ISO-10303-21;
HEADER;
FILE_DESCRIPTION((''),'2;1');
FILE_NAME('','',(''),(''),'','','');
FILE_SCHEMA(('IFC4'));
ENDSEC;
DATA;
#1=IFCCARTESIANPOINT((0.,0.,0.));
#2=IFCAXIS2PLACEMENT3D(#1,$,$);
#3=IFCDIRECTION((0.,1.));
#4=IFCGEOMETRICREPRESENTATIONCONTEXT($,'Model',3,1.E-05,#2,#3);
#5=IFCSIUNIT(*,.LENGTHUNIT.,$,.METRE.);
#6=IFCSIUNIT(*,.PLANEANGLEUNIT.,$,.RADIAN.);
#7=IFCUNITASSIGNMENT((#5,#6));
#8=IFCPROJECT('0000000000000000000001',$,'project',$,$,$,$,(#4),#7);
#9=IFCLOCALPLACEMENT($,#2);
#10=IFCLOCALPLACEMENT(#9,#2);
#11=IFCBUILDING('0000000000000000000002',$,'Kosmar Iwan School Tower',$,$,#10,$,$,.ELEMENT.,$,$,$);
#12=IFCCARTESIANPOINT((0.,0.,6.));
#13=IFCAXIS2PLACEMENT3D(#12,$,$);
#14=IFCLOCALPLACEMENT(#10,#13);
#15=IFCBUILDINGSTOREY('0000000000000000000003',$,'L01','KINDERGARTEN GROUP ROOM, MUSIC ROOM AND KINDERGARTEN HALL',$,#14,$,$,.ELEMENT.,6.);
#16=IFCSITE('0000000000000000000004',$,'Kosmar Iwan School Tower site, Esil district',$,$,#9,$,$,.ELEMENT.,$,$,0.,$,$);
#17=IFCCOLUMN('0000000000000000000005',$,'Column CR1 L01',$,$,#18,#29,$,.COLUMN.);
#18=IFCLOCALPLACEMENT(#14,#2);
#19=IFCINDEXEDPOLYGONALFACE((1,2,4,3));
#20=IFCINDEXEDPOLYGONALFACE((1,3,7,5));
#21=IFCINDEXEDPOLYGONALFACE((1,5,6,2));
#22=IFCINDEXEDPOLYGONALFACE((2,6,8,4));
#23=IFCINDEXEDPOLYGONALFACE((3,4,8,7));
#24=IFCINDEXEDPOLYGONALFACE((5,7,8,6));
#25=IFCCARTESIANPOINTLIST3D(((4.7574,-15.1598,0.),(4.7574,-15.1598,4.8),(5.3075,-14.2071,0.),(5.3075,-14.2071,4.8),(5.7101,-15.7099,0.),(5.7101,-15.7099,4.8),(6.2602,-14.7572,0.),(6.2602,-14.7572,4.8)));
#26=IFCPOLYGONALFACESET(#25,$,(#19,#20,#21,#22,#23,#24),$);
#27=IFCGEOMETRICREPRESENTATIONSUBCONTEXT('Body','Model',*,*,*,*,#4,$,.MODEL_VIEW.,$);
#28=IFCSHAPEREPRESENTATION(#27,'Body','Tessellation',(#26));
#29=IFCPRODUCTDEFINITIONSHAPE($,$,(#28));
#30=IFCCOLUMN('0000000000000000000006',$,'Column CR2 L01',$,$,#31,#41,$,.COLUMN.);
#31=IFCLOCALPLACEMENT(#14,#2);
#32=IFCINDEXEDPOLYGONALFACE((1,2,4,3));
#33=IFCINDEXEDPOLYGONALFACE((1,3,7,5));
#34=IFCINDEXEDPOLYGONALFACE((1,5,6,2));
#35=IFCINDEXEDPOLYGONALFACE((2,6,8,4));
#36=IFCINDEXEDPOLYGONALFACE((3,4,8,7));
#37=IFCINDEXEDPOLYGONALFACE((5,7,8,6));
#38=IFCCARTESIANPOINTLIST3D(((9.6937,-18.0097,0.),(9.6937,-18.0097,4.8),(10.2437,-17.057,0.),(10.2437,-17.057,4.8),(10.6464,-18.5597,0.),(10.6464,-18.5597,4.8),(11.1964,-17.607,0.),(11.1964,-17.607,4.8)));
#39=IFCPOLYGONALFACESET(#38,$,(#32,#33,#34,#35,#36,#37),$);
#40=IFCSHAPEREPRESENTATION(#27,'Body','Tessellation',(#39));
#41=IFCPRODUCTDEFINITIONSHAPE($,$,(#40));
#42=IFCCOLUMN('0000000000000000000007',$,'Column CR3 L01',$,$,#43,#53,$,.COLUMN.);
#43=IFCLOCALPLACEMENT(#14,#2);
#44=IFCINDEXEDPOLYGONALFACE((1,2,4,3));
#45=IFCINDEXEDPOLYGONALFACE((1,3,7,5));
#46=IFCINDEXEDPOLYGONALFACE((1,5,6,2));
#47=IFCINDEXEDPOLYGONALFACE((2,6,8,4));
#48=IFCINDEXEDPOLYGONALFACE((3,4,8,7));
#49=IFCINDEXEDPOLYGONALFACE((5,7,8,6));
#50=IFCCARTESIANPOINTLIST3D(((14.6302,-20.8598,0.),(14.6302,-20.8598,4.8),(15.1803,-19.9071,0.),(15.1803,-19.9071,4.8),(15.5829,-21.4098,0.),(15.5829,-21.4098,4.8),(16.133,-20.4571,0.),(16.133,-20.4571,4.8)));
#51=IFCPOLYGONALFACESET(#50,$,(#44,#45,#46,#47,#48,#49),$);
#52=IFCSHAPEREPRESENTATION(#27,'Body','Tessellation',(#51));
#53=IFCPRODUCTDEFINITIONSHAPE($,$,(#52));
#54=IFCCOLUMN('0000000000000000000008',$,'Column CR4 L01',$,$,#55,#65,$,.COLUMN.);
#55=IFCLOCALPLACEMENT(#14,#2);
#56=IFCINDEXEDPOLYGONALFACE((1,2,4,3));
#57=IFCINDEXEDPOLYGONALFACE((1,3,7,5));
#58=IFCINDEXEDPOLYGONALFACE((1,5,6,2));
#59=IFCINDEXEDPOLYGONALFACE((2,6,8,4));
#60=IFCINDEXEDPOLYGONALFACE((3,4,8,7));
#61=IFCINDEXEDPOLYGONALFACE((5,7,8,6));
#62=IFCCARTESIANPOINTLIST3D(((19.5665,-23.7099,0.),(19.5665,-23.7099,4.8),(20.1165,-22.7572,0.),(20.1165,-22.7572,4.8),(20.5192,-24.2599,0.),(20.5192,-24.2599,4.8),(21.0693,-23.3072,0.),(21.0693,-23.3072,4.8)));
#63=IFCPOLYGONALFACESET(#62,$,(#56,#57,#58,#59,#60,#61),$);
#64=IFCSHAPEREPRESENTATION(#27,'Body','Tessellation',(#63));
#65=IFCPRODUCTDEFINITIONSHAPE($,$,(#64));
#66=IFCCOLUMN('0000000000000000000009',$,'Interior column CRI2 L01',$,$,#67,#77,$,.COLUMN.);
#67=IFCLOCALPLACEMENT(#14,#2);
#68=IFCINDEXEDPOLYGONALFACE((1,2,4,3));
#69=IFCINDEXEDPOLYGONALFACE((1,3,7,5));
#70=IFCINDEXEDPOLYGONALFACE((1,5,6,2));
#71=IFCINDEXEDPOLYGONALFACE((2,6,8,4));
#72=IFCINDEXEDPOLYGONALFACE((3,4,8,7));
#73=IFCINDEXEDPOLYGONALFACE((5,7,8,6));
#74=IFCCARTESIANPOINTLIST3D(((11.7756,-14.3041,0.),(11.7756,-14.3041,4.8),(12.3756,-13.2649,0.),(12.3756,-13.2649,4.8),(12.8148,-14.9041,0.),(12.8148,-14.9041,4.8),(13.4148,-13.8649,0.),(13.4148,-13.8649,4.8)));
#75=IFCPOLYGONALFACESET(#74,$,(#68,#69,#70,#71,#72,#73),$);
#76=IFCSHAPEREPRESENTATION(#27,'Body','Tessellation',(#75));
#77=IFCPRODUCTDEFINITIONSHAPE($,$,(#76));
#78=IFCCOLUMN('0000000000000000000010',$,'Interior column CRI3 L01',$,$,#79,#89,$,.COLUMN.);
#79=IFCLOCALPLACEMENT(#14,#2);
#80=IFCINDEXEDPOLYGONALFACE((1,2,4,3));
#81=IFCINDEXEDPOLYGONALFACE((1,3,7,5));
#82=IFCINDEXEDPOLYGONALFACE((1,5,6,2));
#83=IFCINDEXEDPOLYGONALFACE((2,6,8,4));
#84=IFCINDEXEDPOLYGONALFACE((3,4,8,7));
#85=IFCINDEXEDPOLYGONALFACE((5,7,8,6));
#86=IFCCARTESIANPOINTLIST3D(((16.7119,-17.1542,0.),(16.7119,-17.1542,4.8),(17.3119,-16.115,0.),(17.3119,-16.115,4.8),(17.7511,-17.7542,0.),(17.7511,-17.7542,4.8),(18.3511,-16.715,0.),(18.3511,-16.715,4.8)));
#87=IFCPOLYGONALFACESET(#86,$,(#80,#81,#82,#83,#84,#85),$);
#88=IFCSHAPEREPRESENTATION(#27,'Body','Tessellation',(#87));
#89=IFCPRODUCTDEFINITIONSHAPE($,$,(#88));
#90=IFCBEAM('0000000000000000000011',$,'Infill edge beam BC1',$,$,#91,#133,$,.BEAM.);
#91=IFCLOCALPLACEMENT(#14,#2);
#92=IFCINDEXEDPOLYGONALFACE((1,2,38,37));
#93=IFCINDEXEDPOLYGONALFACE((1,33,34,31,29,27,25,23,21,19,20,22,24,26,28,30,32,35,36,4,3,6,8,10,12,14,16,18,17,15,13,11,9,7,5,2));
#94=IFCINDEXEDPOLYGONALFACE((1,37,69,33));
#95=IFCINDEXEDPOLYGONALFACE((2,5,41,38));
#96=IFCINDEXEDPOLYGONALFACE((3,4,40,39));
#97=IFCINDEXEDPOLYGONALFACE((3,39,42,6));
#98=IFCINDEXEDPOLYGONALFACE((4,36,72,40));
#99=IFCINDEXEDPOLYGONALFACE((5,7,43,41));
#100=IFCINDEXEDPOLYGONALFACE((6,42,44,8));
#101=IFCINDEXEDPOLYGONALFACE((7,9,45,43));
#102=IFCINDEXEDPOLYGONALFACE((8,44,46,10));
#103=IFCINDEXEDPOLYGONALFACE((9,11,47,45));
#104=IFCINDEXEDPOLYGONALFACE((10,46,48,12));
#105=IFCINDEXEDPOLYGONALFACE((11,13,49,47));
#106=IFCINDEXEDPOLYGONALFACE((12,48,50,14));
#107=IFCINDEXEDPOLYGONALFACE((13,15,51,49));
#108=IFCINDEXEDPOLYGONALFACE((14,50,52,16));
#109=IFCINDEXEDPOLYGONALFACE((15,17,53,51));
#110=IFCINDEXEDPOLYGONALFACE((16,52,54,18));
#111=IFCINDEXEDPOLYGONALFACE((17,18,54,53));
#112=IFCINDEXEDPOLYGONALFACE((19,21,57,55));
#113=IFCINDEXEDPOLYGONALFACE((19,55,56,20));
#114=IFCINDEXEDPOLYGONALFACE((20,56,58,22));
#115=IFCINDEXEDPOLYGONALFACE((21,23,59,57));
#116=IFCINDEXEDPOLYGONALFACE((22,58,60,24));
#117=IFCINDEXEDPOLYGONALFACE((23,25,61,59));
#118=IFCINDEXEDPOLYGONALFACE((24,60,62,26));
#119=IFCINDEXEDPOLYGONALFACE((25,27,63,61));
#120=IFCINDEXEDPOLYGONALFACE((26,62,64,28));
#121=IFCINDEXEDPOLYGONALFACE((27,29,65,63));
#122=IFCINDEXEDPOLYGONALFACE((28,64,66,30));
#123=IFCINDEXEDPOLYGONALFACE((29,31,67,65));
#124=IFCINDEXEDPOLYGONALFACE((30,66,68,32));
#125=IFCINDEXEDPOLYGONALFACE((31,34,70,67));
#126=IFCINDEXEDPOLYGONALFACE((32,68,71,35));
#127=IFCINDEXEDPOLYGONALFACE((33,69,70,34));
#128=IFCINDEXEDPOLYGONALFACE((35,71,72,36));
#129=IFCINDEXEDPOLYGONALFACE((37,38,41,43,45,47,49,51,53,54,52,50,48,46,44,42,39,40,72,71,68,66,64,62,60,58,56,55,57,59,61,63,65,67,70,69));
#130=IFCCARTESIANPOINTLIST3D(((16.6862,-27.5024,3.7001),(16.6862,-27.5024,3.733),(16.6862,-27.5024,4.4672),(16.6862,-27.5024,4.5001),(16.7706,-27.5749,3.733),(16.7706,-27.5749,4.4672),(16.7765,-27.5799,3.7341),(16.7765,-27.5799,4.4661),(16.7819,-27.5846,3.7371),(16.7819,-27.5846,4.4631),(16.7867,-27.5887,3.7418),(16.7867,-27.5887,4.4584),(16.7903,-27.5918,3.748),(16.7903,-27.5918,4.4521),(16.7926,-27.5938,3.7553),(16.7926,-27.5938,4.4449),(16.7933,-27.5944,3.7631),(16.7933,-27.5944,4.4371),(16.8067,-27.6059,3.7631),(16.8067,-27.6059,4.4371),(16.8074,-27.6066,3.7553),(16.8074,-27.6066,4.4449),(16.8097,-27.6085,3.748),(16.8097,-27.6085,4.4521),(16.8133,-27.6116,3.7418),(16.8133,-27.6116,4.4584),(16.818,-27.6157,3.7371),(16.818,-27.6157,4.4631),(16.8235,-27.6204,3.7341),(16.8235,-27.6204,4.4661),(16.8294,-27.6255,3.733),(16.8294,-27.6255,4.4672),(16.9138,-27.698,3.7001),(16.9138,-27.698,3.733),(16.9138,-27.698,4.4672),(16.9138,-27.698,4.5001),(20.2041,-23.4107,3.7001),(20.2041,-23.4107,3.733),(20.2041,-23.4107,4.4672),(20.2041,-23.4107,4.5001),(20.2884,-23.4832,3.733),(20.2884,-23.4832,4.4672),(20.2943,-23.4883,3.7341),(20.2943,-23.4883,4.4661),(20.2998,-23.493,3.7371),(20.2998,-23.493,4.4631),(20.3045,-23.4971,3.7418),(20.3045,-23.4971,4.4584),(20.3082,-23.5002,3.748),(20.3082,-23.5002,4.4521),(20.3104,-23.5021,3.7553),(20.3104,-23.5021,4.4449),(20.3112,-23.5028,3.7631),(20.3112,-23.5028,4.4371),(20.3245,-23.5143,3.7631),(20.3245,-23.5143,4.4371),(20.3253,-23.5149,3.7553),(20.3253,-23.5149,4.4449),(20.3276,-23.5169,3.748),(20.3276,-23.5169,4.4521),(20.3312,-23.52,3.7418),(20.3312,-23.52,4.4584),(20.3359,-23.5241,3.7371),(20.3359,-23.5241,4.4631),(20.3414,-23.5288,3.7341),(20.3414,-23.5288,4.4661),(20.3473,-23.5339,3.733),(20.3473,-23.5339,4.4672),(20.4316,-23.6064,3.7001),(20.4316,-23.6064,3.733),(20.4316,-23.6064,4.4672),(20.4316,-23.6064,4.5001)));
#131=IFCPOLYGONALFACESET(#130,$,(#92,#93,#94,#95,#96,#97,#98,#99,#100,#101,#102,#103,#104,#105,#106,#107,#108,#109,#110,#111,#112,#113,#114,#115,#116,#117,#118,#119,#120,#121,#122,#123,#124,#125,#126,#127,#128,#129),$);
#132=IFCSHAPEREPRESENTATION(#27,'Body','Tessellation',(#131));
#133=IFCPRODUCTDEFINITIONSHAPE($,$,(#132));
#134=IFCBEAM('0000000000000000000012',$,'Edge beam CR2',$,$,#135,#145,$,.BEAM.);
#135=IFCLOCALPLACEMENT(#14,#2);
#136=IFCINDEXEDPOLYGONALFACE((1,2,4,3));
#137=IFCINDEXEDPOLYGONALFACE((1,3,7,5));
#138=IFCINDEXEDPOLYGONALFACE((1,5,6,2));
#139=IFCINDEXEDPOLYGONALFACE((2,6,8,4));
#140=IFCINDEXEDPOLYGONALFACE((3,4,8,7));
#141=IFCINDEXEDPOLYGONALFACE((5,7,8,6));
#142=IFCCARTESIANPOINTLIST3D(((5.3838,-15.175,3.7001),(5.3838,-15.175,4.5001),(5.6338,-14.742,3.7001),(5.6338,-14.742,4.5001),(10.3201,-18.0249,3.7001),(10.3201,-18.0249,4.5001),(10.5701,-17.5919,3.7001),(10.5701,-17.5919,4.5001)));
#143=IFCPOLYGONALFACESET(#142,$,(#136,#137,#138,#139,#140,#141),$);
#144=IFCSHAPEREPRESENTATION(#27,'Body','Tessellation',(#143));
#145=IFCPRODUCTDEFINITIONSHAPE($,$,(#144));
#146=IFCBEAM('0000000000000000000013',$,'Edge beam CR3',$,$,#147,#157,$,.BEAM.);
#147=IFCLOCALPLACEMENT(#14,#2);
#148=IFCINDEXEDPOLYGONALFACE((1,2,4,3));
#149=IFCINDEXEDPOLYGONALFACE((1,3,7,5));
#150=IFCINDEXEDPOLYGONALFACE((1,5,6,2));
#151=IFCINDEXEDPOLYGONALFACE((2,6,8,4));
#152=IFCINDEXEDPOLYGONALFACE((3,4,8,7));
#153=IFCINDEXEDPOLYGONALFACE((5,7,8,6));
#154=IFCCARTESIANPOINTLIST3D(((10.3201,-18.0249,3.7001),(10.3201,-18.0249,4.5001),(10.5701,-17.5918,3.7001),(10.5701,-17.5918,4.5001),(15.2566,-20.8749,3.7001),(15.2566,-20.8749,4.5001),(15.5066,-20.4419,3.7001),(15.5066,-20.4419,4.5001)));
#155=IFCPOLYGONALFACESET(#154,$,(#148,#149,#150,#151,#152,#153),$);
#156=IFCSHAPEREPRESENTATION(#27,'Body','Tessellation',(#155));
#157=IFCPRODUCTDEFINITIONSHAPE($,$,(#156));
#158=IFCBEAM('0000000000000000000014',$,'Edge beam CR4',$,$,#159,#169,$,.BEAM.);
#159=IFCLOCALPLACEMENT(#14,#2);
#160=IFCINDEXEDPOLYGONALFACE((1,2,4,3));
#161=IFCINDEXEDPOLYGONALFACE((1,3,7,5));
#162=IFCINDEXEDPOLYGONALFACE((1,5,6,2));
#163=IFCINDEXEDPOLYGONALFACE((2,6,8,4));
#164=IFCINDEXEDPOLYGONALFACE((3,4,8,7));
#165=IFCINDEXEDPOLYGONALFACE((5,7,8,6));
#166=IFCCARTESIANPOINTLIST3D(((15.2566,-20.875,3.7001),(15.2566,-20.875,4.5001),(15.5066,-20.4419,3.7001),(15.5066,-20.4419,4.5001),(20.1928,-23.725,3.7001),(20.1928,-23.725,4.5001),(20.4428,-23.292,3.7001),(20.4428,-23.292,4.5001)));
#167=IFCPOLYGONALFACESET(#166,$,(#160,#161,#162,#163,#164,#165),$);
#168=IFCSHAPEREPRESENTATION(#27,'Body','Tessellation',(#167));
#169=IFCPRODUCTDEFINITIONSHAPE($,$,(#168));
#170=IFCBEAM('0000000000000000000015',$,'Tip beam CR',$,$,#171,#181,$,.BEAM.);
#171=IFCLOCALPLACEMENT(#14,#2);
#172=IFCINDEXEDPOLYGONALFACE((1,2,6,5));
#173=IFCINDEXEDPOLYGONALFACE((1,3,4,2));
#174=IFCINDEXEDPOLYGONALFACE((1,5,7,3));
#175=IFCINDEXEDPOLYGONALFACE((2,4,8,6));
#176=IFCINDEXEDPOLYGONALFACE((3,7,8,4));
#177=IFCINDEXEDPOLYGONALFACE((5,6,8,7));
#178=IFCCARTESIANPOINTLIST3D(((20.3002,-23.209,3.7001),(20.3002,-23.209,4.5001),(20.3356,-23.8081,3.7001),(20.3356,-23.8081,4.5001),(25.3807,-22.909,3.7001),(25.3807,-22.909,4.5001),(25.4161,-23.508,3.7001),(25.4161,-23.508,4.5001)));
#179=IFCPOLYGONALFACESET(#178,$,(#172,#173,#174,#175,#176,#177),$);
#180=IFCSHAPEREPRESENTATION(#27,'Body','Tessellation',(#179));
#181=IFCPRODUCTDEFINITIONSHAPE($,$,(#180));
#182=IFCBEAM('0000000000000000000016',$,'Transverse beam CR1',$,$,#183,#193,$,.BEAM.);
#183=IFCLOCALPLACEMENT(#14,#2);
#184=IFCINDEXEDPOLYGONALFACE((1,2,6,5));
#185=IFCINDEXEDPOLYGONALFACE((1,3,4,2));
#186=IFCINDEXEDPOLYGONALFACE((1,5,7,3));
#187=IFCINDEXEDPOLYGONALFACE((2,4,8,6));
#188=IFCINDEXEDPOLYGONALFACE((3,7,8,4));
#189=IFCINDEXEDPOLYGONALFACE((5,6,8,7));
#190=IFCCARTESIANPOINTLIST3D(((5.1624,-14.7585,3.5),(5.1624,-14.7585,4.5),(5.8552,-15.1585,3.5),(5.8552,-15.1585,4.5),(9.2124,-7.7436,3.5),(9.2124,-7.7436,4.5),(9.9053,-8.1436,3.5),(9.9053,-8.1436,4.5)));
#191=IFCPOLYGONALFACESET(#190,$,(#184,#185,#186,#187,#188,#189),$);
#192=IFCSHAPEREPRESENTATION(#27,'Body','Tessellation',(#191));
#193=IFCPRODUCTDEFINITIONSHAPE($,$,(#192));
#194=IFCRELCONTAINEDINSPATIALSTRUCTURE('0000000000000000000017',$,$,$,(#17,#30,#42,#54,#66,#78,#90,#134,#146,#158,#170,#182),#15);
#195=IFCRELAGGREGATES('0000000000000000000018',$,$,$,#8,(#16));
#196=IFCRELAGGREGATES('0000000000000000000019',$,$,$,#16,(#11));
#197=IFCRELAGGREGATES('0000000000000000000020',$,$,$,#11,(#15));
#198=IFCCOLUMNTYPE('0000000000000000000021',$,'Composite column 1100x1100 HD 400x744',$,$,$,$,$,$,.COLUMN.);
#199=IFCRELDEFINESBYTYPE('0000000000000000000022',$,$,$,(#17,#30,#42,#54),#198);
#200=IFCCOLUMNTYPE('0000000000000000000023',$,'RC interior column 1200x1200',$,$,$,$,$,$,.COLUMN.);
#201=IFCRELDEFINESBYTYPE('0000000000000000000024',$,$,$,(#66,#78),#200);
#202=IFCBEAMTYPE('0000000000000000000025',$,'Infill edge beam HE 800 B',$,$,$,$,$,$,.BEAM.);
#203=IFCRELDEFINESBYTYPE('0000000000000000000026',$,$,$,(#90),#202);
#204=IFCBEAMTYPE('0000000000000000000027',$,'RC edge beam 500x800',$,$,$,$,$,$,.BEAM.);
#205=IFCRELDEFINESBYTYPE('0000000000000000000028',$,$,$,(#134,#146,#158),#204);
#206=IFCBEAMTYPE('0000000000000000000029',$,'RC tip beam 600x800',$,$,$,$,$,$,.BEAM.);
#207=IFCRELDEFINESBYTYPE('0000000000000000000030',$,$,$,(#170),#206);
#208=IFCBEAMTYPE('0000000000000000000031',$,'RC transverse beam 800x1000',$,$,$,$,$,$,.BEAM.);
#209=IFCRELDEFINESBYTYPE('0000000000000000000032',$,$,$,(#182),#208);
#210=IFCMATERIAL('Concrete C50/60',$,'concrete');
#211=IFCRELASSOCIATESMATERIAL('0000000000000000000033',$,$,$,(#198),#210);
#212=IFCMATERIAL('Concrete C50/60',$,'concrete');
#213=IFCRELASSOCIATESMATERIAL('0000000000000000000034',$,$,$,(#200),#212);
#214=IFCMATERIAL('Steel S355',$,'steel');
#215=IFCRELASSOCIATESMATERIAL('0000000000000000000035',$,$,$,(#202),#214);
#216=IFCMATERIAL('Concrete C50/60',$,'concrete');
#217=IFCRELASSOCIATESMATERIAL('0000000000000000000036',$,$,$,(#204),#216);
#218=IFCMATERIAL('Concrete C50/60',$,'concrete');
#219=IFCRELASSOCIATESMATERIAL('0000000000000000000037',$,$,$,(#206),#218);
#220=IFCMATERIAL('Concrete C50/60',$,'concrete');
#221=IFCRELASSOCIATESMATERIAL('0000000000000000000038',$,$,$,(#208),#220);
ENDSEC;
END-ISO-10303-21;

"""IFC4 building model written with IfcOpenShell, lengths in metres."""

from ifc_helpers import new_model, si_unit, direction, frame, origin, origin_2d, place, context, subcontext, project, spatial, rectangle, i_section, extrude, material, material_profile, profile_set, type_object, element, save


model = new_model("IFC4")

# Units and contexts
model_context = context("Model", 3, precision=1e-05, world=origin(), true_north=direction((0.0, 1.0)))
body_context = subcontext(model_context, "Body", "Model", "MODEL_VIEW")
ifc_project = project(units=[si_unit("LENGTHUNIT", "METRE"), si_unit("PLANEANGLEUNIT", "RADIAN")], contexts=[model_context])

# Site, building, storey
site_placement = place(None, origin())
site = spatial("IfcSite", under=ifc_project, at=site_placement, Name="Kosmar Iwan School Tower site, Esil district", CompositionType="ELEMENT", RefElevation=0.0)
building_placement = place(site_placement, origin())
building = spatial("IfcBuilding", under=site, at=building_placement, Name="Kosmar Iwan School Tower", CompositionType="ELEMENT")
storey_placement = place(building_placement, frame((0.0, 0.0, 6.0)))
storey = spatial("IfcBuildingStorey", under=building, at=storey_placement, Name="L01", Description="KINDERGARTEN GROUP ROOM, MUSIC ROOM AND KINDERGARTEN HALL", CompositionType="ELEMENT", Elevation=6.0)

# Columns
ifc_material_1 = material(Name="Concrete C50/60", Category="concrete")
ifc_material_profile_1 = material_profile(ifc_material_1, rectangle(XDim=1.1001, YDim=1.1001, at=origin_2d()), Name="RC 1100x1100 + HD 400x744")
ifc_profile_set_1 = profile_set([ifc_material_profile_1], Name="Concrete C50/60")
column_type_1 = type_object("IfcColumnType", Name="Composite column 1100x1100 HD 400x744", PredefinedType="COLUMN", material=ifc_profile_set_1)
for number, where, z_axis, x_axis, name in (
    (1, (5.5088, -14.9585, 0.0), (0.0, 0.0, 1.0), (0.866025, -0.5, 0.0), "Column CR1 L01"),
    (2, (10.4451, -17.8083, 0.0), (0.0, 0.0, 1.0), (0.866025, -0.5, 0.0), "Column CR2 L01"),
    (3, (15.3816, -20.6584, 0.0), (0.0, 0.0, 1.0), (0.866025, -0.5, 0.0), "Column CR3 L01"),
    (4, (20.3179, -23.5085, 0.0), (0.0, 0.0, 1.0), (0.866025, -0.5, 0.0), "Column CR4 L01"),
):
    element("IfcColumn", number, at=place(storey_placement, frame(where, z_axis=z_axis, x_axis=x_axis)), inside=storey, type_object=column_type_1, Name=name, PredefinedType="COLUMN", context=body_context, shape_type="SweptSolid", body=[
        extrude(rectangle(XDim=1.1001, YDim=1.1001, at=origin_2d()), origin(), (0.0, 0.0, 1.0), 4.8),
    ])
ifc_material_2 = material(Name="Concrete C50/60", Category="concrete")
ifc_material_profile_2 = material_profile(ifc_material_2, rectangle(XDim=1.2, YDim=1.2, at=origin_2d()), Name="RC 1200x1200")
ifc_profile_set_2 = profile_set([ifc_material_profile_2], Name="Concrete C50/60")
column_type_2 = type_object("IfcColumnType", Name="RC interior column 1200x1200", PredefinedType="COLUMN", material=ifc_profile_set_2)
for number, where, z_axis, x_axis, name in (
    (5, (12.5952, -14.0845, 0.0), (0.0, 0.0, 1.0), (0.866025, -0.5, 0.0), "Interior column CRI2 L01"),
    (6, (17.5315, -16.9346, 0.0), (0.0, 0.0, 1.0), (0.866025, -0.5, 0.0), "Interior column CRI3 L01"),
):
    element("IfcColumn", number, at=place(storey_placement, frame(where, z_axis=z_axis, x_axis=x_axis)), inside=storey, type_object=column_type_2, Name=name, PredefinedType="COLUMN", context=body_context, shape_type="SweptSolid", body=[
        extrude(rectangle(XDim=1.2, YDim=1.2, at=origin_2d()), origin(), (0.0, 0.0, 1.0), 4.8),
    ])

# Beams
ifc_material_3 = material(Name="Steel S355", Category="steel")
ifc_material_profile_3 = material_profile(ifc_material_3, i_section(OverallWidth=0.3, OverallDepth=0.8, WebThickness=0.0176, FlangeThickness=0.033, FilletRadius=0.03, at=origin_2d()), Name="HE 800 B")
ifc_profile_set_3 = profile_set([ifc_material_profile_3], Name="Steel S355")
beam_type_1 = type_object("IfcBeamType", Name="Infill edge beam HE 800 B", PredefinedType="BEAM", material=ifc_profile_set_3)
beam_1_placement = place(storey_placement, frame((20.3179, -23.5085, 4.1001), z_axis=(-0.651942, -0.758269, 0.0), x_axis=(0.758269, -0.651942, 0.0)))
element("IfcBeam", 7, at=beam_1_placement, inside=storey, type_object=beam_type_1, Name="Infill edge beam BC1", PredefinedType="BEAM", context=body_context, shape_type="SweptSolid", body=[
    extrude(i_section(OverallWidth=0.3, OverallDepth=0.8, WebThickness=0.0176, FlangeThickness=0.033, FilletRadius=0.03, at=origin_2d()), origin(), (0.0, 0.0, 1.0), 5.396),
])
ifc_material_4 = material(Name="Concrete C50/60", Category="concrete")
ifc_material_profile_4 = material_profile(ifc_material_4, rectangle(XDim=0.5, YDim=0.8, at=origin_2d()), Name="RC 500x800")
ifc_profile_set_4 = profile_set([ifc_material_profile_4], Name="Concrete C50/60")
beam_type_2 = type_object("IfcBeamType", Name="RC edge beam 500x800", PredefinedType="BEAM", material=ifc_profile_set_4)
beam_2_placement = place(storey_placement, frame((5.5088, -14.9585, 4.1001), z_axis=(0.866034, -0.499986, 0.0), x_axis=(0.499986, 0.866034, 0.0)))
element("IfcBeam", 8, at=beam_2_placement, inside=storey, type_object=beam_type_2, Name="Edge beam CR2", PredefinedType="BEAM", context=body_context, shape_type="SweptSolid", body=[
    extrude(rectangle(XDim=0.5, YDim=0.8, at=origin_2d()), origin(), (0.0, 0.0, 1.0), 5.7),
])
beam_3_placement = place(storey_placement, frame((10.4451, -17.8083, 4.1001), z_axis=(0.866026, -0.499999, 0.0), x_axis=(0.499999, 0.866026, 0.0)))
element("IfcBeam", 9, at=beam_3_placement, inside=storey, type_object=beam_type_2, Name="Edge beam CR3", PredefinedType="BEAM", context=body_context, shape_type="SweptSolid", body=[
    extrude(rectangle(XDim=0.5, YDim=0.8, at=origin_2d()), origin(), (0.0, 0.0, 1.0), 5.7002),
])
beam_4_placement = place(storey_placement, frame((15.3816, -20.6584, 4.1001), z_axis=(0.866015, -0.500018, 0.0), x_axis=(0.500018, 0.866015, 0.0)))
element("IfcBeam", 10, at=beam_4_placement, inside=storey, type_object=beam_type_2, Name="Edge beam CR4", PredefinedType="BEAM", context=body_context, shape_type="SweptSolid", body=[
    extrude(rectangle(XDim=0.5, YDim=0.8, at=origin_2d()), origin(), (0.0, 0.0, 1.0), 5.7),
])
ifc_material_5 = material(Name="Concrete C50/60", Category="concrete")
ifc_material_profile_5 = material_profile(ifc_material_5, rectangle(XDim=0.6001, YDim=0.8, at=origin_2d()), Name="RC 600x800")
ifc_profile_set_5 = profile_set([ifc_material_profile_5], Name="Concrete C50/60")
beam_type_3 = type_object("IfcBeamType", Name="RC tip beam 600x800", PredefinedType="BEAM", material=ifc_profile_set_5)
beam_5_placement = place(storey_placement, frame((20.3179, -23.5085, 4.1001), z_axis=(0.998261, 0.058955, 0.0), x_axis=(-0.058955, 0.998261, 0.0)))
element("IfcBeam", 11, at=beam_5_placement, inside=storey, type_object=beam_type_3, Name="Tip beam CR", PredefinedType="BEAM", context=body_context, shape_type="SweptSolid", body=[
    extrude(rectangle(XDim=0.6001, YDim=0.8, at=origin_2d()), origin(), (0.0, 0.0, 1.0), 5.0894),
])
ifc_material_6 = material(Name="Concrete C50/60", Category="concrete")
ifc_material_profile_6 = material_profile(ifc_material_6, rectangle(XDim=0.8, YDim=1.0, at=origin_2d()), Name="RC 800x1000")
ifc_profile_set_6 = profile_set([ifc_material_profile_6], Name="Concrete C50/60")
beam_type_4 = type_object("IfcBeamType", Name="RC transverse beam 800x1000", PredefinedType="BEAM", material=ifc_profile_set_6)
beam_6_placement = place(storey_placement, frame((5.5088, -14.9585, 4.0), z_axis=(0.5, 0.866025, 0.0), x_axis=(-0.866025, 0.5, 0.0)))
element("IfcBeam", 12, at=beam_6_placement, inside=storey, type_object=beam_type_4, Name="Transverse beam CR1", PredefinedType="BEAM", context=body_context, shape_type="SweptSolid", body=[
    extrude(rectangle(XDim=0.8, YDim=1.0, at=origin_2d()), origin(), (0.0, 0.0, 1.0), 8.1001),
])

save(model, "model.ifc")
